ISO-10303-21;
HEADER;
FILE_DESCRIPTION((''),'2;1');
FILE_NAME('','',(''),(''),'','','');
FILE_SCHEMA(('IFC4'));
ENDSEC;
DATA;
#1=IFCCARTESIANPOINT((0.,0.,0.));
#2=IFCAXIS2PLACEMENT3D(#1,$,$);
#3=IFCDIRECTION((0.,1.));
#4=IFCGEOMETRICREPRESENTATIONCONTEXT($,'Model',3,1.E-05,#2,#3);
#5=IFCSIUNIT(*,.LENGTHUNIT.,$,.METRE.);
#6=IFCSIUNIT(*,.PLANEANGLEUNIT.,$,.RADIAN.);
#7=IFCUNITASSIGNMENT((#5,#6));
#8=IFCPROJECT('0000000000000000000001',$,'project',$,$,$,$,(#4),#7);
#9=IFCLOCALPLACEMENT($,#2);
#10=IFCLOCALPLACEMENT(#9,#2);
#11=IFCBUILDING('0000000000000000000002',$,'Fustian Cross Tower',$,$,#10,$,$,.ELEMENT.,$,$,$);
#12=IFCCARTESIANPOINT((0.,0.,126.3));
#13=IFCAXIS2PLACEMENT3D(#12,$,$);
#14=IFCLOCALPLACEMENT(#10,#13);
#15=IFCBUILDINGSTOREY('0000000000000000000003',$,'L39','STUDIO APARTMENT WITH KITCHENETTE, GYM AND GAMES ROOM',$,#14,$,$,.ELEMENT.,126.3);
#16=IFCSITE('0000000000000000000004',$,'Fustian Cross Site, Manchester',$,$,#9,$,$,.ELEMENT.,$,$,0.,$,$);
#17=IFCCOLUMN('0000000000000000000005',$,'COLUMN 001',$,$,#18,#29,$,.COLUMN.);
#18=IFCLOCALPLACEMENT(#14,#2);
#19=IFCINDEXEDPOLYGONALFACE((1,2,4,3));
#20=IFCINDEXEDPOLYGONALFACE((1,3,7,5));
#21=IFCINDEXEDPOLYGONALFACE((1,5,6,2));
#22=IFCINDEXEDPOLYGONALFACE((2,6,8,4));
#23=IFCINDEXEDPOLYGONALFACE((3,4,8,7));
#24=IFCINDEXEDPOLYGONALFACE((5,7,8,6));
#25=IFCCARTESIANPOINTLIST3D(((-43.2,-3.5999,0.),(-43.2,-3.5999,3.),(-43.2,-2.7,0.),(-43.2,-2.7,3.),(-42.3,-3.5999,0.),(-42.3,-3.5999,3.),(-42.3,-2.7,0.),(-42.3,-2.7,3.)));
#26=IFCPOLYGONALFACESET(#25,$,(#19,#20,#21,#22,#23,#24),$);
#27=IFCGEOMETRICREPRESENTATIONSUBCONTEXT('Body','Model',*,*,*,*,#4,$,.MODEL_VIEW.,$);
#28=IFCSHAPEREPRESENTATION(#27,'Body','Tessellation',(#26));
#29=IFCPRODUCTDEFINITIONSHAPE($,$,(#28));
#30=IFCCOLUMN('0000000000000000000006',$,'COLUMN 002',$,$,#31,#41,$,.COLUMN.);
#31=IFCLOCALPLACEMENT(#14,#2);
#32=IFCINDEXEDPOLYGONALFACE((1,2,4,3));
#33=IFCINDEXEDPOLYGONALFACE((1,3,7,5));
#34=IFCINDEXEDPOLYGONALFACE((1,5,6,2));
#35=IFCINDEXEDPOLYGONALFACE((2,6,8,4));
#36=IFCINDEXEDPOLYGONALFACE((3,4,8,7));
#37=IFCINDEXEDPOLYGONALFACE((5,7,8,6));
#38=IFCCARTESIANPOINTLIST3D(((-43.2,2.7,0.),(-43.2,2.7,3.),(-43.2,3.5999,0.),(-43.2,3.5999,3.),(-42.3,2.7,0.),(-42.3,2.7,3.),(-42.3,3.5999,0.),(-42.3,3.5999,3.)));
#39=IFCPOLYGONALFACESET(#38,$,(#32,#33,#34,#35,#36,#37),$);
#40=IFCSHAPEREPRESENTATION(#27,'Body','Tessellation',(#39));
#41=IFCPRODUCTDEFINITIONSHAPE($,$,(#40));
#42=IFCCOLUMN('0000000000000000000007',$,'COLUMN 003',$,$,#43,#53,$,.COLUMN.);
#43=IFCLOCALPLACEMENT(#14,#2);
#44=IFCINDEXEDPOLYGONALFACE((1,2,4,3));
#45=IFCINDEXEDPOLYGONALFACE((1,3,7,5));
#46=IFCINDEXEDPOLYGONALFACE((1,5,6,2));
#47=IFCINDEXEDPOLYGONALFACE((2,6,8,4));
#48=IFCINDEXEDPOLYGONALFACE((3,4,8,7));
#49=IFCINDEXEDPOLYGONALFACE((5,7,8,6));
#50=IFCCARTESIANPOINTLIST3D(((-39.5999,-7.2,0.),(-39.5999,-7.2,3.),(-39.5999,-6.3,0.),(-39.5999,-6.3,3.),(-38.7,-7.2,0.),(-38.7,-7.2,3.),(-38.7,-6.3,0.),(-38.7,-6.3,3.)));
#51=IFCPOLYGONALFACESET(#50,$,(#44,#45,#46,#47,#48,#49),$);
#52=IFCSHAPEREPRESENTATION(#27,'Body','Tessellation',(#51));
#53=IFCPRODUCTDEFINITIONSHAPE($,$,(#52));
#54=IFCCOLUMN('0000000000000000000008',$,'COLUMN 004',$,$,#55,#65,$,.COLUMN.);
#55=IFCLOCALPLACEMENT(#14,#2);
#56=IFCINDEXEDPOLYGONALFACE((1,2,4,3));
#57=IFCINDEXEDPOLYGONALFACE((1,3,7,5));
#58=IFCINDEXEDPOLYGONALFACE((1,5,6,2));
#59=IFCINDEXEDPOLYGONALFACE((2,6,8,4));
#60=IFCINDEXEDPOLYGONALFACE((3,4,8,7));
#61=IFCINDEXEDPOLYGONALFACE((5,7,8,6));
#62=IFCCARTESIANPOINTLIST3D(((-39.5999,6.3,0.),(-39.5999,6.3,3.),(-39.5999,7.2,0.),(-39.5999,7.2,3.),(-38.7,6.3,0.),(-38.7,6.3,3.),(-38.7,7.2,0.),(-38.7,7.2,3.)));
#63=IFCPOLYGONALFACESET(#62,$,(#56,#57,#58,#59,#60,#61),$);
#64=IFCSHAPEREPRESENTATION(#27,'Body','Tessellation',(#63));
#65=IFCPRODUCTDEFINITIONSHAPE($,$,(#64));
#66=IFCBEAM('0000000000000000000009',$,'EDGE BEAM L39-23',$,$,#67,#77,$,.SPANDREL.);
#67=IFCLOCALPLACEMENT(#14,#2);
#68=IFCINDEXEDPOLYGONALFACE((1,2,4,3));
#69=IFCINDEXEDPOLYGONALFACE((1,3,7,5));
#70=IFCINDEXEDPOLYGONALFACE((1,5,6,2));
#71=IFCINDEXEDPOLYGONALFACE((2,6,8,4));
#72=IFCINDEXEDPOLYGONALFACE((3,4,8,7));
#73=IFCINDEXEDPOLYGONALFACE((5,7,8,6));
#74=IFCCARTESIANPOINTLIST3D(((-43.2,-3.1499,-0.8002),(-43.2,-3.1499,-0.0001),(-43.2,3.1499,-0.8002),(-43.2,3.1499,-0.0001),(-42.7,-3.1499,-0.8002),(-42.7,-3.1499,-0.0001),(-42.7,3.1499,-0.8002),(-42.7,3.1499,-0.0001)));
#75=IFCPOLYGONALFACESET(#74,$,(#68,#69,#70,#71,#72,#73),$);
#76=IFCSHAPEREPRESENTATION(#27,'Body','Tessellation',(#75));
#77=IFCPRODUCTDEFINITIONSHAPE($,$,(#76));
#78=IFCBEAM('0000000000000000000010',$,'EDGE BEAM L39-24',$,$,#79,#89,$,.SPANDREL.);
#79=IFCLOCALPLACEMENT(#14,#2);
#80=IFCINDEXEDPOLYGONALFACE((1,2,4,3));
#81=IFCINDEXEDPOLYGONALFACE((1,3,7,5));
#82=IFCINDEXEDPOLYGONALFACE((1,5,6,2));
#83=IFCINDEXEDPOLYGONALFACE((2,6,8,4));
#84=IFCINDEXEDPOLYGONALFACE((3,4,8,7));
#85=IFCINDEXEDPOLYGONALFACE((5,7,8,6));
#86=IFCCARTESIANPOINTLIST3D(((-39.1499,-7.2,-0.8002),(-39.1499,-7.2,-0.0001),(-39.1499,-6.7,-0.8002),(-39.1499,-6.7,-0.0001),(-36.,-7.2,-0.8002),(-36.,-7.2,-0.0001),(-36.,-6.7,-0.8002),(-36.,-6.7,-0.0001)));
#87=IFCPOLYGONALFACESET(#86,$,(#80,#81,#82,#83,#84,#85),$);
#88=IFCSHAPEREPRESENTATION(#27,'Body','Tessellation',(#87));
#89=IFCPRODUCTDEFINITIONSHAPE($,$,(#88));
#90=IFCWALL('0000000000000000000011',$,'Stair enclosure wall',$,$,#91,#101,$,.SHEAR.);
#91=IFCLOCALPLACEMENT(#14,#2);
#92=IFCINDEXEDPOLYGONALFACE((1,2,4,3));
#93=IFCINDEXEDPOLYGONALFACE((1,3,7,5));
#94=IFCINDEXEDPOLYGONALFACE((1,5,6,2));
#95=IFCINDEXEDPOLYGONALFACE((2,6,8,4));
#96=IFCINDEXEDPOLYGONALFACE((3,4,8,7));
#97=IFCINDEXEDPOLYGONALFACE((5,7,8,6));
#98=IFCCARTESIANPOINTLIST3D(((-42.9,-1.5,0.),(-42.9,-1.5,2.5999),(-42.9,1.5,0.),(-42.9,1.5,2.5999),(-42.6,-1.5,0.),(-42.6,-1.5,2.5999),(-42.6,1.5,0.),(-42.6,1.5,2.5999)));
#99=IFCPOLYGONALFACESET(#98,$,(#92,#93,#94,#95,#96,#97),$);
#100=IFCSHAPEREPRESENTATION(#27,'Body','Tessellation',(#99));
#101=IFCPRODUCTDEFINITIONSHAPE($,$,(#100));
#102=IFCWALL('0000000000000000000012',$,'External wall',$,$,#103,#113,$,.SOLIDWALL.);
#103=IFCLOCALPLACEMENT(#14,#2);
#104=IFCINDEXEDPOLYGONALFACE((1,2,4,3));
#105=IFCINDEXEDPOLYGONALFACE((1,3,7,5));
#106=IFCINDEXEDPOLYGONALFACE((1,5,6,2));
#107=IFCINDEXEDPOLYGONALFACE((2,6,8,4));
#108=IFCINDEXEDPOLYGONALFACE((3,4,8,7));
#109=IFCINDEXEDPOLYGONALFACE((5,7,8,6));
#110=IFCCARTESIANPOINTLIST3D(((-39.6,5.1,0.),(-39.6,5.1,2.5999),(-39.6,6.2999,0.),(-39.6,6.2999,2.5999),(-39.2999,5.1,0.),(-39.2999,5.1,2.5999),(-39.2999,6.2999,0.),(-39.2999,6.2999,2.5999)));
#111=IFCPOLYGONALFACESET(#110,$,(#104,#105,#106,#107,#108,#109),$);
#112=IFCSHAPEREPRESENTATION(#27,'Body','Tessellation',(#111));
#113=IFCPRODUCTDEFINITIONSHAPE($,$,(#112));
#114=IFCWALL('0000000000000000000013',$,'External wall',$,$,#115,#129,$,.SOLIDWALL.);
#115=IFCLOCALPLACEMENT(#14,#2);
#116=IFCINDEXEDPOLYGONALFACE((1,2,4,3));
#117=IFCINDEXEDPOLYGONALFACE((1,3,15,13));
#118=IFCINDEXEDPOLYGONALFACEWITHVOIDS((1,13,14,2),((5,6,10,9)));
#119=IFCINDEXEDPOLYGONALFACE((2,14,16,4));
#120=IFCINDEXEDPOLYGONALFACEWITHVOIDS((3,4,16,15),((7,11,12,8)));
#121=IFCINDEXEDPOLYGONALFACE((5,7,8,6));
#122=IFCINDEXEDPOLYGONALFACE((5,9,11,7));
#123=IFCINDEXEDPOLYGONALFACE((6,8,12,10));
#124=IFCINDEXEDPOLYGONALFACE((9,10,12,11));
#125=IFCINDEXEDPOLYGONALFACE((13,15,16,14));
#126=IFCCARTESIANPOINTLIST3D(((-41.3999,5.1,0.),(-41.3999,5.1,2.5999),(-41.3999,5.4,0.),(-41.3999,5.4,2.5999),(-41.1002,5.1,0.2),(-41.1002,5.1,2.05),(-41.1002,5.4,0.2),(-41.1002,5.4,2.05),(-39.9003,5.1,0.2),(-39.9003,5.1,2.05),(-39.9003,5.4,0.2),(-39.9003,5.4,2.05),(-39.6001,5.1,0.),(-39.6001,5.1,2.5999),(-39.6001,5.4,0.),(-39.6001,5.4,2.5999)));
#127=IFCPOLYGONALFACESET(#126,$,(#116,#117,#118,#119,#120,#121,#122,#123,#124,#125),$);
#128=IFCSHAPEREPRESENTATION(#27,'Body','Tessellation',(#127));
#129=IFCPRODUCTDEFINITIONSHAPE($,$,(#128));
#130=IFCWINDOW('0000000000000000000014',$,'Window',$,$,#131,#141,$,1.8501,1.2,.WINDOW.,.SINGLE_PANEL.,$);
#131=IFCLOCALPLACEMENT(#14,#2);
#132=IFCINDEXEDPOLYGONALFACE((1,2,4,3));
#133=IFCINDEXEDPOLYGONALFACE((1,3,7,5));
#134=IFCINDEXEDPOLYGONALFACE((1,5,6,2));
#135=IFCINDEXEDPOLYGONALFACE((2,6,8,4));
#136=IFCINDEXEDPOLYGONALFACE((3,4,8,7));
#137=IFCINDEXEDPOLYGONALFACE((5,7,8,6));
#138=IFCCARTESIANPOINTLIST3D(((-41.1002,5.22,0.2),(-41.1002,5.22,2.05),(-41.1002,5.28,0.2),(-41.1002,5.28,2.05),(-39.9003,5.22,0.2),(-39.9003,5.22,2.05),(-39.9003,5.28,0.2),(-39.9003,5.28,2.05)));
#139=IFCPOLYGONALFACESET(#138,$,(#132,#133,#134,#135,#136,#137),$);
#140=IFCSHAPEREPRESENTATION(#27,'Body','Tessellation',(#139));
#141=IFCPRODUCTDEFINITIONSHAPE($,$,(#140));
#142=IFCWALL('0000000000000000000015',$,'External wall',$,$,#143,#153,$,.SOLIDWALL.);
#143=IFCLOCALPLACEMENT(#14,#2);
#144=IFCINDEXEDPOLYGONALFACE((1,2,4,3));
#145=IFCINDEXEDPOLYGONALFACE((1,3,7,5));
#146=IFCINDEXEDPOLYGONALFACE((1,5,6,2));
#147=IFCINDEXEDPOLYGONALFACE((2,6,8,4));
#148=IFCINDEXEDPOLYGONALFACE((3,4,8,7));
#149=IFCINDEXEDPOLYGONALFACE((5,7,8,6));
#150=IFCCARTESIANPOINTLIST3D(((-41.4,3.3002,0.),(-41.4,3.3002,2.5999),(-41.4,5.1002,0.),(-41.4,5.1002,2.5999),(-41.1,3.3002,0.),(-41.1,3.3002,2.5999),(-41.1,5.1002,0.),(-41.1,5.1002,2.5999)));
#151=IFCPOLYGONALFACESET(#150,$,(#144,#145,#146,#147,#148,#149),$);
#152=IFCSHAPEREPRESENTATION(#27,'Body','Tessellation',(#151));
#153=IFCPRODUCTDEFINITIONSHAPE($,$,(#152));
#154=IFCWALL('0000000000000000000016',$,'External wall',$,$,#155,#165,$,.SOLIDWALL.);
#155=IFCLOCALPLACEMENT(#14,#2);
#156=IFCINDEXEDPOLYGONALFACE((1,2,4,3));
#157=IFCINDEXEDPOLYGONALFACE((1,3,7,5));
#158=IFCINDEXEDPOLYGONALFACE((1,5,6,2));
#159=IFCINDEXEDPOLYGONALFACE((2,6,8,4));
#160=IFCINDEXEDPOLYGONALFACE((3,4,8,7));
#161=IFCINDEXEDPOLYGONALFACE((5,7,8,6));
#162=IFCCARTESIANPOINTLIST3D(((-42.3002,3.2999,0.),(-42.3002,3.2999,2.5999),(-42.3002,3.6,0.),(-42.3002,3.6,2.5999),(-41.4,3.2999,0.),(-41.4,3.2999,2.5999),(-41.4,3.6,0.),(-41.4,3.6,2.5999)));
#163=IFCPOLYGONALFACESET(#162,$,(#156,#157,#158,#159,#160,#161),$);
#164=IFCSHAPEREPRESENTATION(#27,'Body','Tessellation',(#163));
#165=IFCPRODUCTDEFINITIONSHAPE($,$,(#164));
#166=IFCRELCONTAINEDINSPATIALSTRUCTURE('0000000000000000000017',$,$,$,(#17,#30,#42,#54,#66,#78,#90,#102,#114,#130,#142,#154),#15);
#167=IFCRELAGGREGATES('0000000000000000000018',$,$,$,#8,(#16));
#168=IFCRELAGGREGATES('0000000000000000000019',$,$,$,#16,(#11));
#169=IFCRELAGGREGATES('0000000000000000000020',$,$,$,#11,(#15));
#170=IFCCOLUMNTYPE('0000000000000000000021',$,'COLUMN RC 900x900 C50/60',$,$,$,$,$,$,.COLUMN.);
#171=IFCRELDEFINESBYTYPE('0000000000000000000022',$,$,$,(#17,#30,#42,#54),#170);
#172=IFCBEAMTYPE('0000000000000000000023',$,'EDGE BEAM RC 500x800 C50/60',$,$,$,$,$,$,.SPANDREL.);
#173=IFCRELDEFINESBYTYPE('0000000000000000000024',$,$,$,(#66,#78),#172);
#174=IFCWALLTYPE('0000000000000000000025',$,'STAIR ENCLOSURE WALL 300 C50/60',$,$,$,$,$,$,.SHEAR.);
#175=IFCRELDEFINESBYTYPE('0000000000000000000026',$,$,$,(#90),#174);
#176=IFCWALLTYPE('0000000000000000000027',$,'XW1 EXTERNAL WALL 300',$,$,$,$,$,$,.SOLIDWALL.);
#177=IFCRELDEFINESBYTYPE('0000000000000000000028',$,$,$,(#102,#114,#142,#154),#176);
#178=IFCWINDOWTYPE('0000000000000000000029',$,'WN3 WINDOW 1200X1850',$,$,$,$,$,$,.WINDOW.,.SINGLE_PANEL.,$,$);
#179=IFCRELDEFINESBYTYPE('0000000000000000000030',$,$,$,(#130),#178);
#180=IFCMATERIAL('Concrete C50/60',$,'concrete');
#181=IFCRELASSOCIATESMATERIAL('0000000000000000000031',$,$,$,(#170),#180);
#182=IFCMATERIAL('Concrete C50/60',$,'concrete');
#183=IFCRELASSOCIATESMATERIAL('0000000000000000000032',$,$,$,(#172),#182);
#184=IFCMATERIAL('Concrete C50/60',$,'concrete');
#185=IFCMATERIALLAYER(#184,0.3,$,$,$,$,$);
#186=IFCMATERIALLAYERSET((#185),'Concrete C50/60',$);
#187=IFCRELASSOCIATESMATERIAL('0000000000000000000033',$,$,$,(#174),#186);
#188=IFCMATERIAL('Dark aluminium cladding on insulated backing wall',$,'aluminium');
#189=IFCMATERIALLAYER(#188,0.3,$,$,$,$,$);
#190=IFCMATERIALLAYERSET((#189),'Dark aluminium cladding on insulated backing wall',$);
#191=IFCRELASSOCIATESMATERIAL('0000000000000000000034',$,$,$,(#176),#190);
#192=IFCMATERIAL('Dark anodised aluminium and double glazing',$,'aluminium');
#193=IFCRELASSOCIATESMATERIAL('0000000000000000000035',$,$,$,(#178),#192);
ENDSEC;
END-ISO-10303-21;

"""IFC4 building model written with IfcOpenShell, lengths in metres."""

from ifc_helpers import new_model, si_unit, direction, frame, frame_2d, origin, origin_2d, place, context, subcontext, project, spatial, rectangle, extrude, material, layer, layer_set, material_profile, profile_set, type_object, element, fill, save


model = new_model("IFC4")

# Units and contexts
model_context = context("Model", 3, precision=1e-05, world=origin(), true_north=direction((0.0, 1.0)))
body_context = subcontext(model_context, "Body", "Model", "MODEL_VIEW")
ifc_project = project(units=[si_unit("LENGTHUNIT", "METRE"), si_unit("PLANEANGLEUNIT", "RADIAN")], contexts=[model_context])

# Site, building, storey
site_placement = place(None, origin())
site = spatial("IfcSite", under=ifc_project, at=site_placement, Name="Fustian Cross Site, Manchester", CompositionType="ELEMENT", RefElevation=0.0)
building_placement = place(site_placement, origin())
building = spatial("IfcBuilding", under=site, at=building_placement, Name="Fustian Cross Tower", CompositionType="ELEMENT")
storey_placement = place(building_placement, frame((0.0, 0.0, 126.3)))
storey = spatial("IfcBuildingStorey", under=building, at=storey_placement, Name="L39", Description="STUDIO APARTMENT WITH KITCHENETTE, GYM AND GAMES ROOM", CompositionType="ELEMENT", Elevation=126.3)

# Columns
ifc_material_1 = material(Name="Concrete C50/60", Category="concrete")
ifc_material_profile_1 = material_profile(ifc_material_1, rectangle(XDim=0.8999, YDim=0.8999, at=origin_2d()), Name="RC 900x900")
ifc_profile_set_1 = profile_set([ifc_material_profile_1], Name="Concrete C50/60")
column_type = type_object("IfcColumnType", Name="COLUMN RC 900x900 C50/60", PredefinedType="COLUMN", material=ifc_profile_set_1)
for number, where, z_axis, x_axis, name in (
    (1, (-42.75, -3.1499, 0.0), (0.0, 0.0, 1.0), (1.0, 0.0, 0.0), "COLUMN 001"),
    (2, (-42.75, 3.1499, 0.0), (0.0, 0.0, 1.0), (1.0, 0.0, 0.0), "COLUMN 002"),
    (3, (-39.1499, -6.75, 0.0), (0.0, 0.0, 1.0), (1.0, 0.0, 0.0), "COLUMN 003"),
    (4, (-39.1499, 6.75, 0.0), (0.0, 0.0, 1.0), (1.0, 0.0, 0.0), "COLUMN 004"),
):
    element("IfcColumn", number, at=place(storey_placement, frame(where, z_axis=z_axis, x_axis=x_axis)), inside=storey, type_object=column_type, Name=name, PredefinedType="COLUMN", context=body_context, shape_type="SweptSolid", body=[
        extrude(rectangle(XDim=0.8999, YDim=0.8999, at=origin_2d()), origin(), (0.0, 0.0, 1.0), 3.0),
    ])

# Beams
ifc_material_2 = material(Name="Concrete C50/60", Category="concrete")
ifc_material_profile_2 = material_profile(ifc_material_2, rectangle(XDim=0.5, YDim=0.8, at=origin_2d()), Name="RC 500x800")
ifc_profile_set_2 = profile_set([ifc_material_profile_2], Name="Concrete C50/60")
beam_type = type_object("IfcBeamType", Name="EDGE BEAM RC 500x800 C50/60", PredefinedType="SPANDREL", material=ifc_profile_set_2)
beam_1_placement = place(storey_placement, frame((-42.95, 3.1499, -0.4001), z_axis=(0.0, -1.0, 0.0), x_axis=(1.0, 0.0, 0.0)))
element("IfcBeam", 5, at=beam_1_placement, inside=storey, type_object=beam_type, Name="EDGE BEAM L39-23", PredefinedType="SPANDREL", context=body_context, shape_type="SweptSolid", body=[
    extrude(rectangle(XDim=0.5, YDim=0.8, at=origin_2d()), origin(), (0.0, 0.0, 1.0), 6.2998),
])
beam_2_placement = place(storey_placement, frame((-39.1499, -6.95, -0.4001), z_axis=(1.0, 0.0, 0.0), x_axis=(0.0, 1.0, 0.0)))
element("IfcBeam", 6, at=beam_2_placement, inside=storey, type_object=beam_type, Name="EDGE BEAM L39-24", PredefinedType="SPANDREL", context=body_context, shape_type="SweptSolid", body=[
    extrude(rectangle(XDim=0.5, YDim=0.8, at=origin_2d()), origin(), (0.0, 0.0, 1.0), 3.1499),
])

# Walls
ifc_material_3 = material(Name="Concrete C50/60", Category="concrete")
ifc_layer_1 = layer(ifc_material_3, 0.3)
ifc_layer_set_1 = layer_set([ifc_layer_1], Name="Concrete C50/60")
wall_type_1 = type_object("IfcWallType", Name="STAIR ENCLOSURE WALL 300 C50/60", PredefinedType="SHEAR", material=ifc_layer_set_1)
wall_1_placement = place(storey_placement, frame((-42.75, -1.5, 0.0), z_axis=(0.0, 0.0, 1.0), x_axis=(0.0, 1.0, 0.0)))
element("IfcWall", 7, at=wall_1_placement, inside=storey, type_object=wall_type_1, Name="Stair enclosure wall", PredefinedType="SHEAR", context=body_context, shape_type="SweptSolid", body=[
    extrude(rectangle(XDim=3.0, YDim=0.3, at=frame_2d((1.5, 0.0))), origin(), (0.0, 0.0, 1.0), 2.5999),
])
ifc_material_4 = material(Name="Dark aluminium cladding on insulated backing wall", Category="aluminium")
ifc_layer_2 = layer(ifc_material_4, 0.3)
ifc_layer_set_2 = layer_set([ifc_layer_2], Name="Dark aluminium cladding on insulated backing wall")
wall_type_2 = type_object("IfcWallType", Name="XW1 EXTERNAL WALL 300", PredefinedType="SOLIDWALL", material=ifc_layer_set_2)
wall_2_placement = place(storey_placement, frame((-39.45, 6.3, 0.0), z_axis=(0.0, 0.0, 1.0), x_axis=(0.0, -1.0, 0.0)))
element("IfcWall", 8, at=wall_2_placement, inside=storey, type_object=wall_type_2, Name="External wall", PredefinedType="SOLIDWALL", context=body_context, shape_type="SweptSolid", body=[
    extrude(rectangle(XDim=1.2, YDim=0.3, at=frame_2d((0.6001, 0.0))), origin(), (0.0, 0.0, 1.0), 2.5999),
])

# Wall, opening, window
wall_3_placement = place(storey_placement, frame((-39.6001, 5.25, 0.0), z_axis=(0.0, 0.0, 1.0), x_axis=(-1.0, 0.0, 0.0)))
wall_3 = element("IfcWall", 9, at=wall_3_placement, inside=storey, type_object=wall_type_2, Name="External wall", PredefinedType="SOLIDWALL", context=body_context, shape_type="SweptSolid", body=[
    extrude(rectangle(XDim=1.7998, YDim=0.3, at=frame_2d((0.8999, 0.0))), origin(), (0.0, 0.0, 1.0), 2.5999),
])
opening_1_placement = place(wall_3_placement, frame((0.3, 0.0, 0.2)))
opening_1 = element("IfcOpeningElement", 10, at=opening_1_placement, cuts=wall_3, PredefinedType="OPENING", context=body_context, shape_type="SweptSolid", body=[
    extrude(rectangle(XDim=1.2, YDim=1.8501, at=frame_2d((0.6001, 0.925))), frame((0.0, 0.1599, 0.0), z_axis=(0.0, -1.0, 0.0), x_axis=(1.0, 0.0, 0.0)), (0.0, 0.0, 1.0), 0.3201),
])
ifc_material_5 = material(Name="Dark anodised aluminium and double glazing", Category="aluminium")
window_type_1 = type_object("IfcWindowType", Name="WN3 WINDOW 1200X1850", PartitioningType="SINGLE_PANEL", PredefinedType="WINDOW", material=ifc_material_5)
window_1_placement = place(opening_1_placement, origin())
window_1 = element("IfcWindow", 11, at=window_1_placement, inside=storey, type_object=window_type_1, Name="Window", OverallHeight=1.8501, OverallWidth=1.2, PartitioningType="SINGLE_PANEL", PredefinedType="WINDOW", context=body_context, shape_type="SweptSolid", body=[
    extrude(rectangle(XDim=1.2, YDim=1.8501, at=frame_2d((0.6001, 0.925))), frame((0.0, 0.03, 0.0), z_axis=(0.0, -1.0, 0.0), x_axis=(1.0, 0.0, 0.0)), (0.0, 0.0, 1.0), 0.0601),
])
fill(opening_1, window_1)

# Walls
wall_4_placement = place(storey_placement, frame((-41.25, 5.1001, 0.0), z_axis=(0.0, 0.0, 1.0), x_axis=(0.0, -1.0, 0.0)))
element("IfcWall", 12, at=wall_4_placement, inside=storey, type_object=wall_type_2, Name="External wall", PredefinedType="SOLIDWALL", context=body_context, shape_type="SweptSolid", body=[
    extrude(rectangle(XDim=1.8, YDim=0.3, at=frame_2d((0.8999, 0.0))), origin(), (0.0, 0.0, 1.0), 2.5999),
])
wall_5_placement = place(storey_placement, frame((-41.3999, 3.45, 0.0), z_axis=(0.0, 0.0, 1.0), x_axis=(-1.0, 0.0, 0.0)))
element("IfcWall", 13, at=wall_5_placement, inside=storey, type_object=wall_type_2, Name="External wall", PredefinedType="SOLIDWALL", context=body_context, shape_type="SweptSolid", body=[
    extrude(rectangle(XDim=0.9001, YDim=0.3, at=frame_2d((0.4502, 0.0))), origin(), (0.0, 0.0, 1.0), 2.5999),
])

save(model, "model.ifc")
